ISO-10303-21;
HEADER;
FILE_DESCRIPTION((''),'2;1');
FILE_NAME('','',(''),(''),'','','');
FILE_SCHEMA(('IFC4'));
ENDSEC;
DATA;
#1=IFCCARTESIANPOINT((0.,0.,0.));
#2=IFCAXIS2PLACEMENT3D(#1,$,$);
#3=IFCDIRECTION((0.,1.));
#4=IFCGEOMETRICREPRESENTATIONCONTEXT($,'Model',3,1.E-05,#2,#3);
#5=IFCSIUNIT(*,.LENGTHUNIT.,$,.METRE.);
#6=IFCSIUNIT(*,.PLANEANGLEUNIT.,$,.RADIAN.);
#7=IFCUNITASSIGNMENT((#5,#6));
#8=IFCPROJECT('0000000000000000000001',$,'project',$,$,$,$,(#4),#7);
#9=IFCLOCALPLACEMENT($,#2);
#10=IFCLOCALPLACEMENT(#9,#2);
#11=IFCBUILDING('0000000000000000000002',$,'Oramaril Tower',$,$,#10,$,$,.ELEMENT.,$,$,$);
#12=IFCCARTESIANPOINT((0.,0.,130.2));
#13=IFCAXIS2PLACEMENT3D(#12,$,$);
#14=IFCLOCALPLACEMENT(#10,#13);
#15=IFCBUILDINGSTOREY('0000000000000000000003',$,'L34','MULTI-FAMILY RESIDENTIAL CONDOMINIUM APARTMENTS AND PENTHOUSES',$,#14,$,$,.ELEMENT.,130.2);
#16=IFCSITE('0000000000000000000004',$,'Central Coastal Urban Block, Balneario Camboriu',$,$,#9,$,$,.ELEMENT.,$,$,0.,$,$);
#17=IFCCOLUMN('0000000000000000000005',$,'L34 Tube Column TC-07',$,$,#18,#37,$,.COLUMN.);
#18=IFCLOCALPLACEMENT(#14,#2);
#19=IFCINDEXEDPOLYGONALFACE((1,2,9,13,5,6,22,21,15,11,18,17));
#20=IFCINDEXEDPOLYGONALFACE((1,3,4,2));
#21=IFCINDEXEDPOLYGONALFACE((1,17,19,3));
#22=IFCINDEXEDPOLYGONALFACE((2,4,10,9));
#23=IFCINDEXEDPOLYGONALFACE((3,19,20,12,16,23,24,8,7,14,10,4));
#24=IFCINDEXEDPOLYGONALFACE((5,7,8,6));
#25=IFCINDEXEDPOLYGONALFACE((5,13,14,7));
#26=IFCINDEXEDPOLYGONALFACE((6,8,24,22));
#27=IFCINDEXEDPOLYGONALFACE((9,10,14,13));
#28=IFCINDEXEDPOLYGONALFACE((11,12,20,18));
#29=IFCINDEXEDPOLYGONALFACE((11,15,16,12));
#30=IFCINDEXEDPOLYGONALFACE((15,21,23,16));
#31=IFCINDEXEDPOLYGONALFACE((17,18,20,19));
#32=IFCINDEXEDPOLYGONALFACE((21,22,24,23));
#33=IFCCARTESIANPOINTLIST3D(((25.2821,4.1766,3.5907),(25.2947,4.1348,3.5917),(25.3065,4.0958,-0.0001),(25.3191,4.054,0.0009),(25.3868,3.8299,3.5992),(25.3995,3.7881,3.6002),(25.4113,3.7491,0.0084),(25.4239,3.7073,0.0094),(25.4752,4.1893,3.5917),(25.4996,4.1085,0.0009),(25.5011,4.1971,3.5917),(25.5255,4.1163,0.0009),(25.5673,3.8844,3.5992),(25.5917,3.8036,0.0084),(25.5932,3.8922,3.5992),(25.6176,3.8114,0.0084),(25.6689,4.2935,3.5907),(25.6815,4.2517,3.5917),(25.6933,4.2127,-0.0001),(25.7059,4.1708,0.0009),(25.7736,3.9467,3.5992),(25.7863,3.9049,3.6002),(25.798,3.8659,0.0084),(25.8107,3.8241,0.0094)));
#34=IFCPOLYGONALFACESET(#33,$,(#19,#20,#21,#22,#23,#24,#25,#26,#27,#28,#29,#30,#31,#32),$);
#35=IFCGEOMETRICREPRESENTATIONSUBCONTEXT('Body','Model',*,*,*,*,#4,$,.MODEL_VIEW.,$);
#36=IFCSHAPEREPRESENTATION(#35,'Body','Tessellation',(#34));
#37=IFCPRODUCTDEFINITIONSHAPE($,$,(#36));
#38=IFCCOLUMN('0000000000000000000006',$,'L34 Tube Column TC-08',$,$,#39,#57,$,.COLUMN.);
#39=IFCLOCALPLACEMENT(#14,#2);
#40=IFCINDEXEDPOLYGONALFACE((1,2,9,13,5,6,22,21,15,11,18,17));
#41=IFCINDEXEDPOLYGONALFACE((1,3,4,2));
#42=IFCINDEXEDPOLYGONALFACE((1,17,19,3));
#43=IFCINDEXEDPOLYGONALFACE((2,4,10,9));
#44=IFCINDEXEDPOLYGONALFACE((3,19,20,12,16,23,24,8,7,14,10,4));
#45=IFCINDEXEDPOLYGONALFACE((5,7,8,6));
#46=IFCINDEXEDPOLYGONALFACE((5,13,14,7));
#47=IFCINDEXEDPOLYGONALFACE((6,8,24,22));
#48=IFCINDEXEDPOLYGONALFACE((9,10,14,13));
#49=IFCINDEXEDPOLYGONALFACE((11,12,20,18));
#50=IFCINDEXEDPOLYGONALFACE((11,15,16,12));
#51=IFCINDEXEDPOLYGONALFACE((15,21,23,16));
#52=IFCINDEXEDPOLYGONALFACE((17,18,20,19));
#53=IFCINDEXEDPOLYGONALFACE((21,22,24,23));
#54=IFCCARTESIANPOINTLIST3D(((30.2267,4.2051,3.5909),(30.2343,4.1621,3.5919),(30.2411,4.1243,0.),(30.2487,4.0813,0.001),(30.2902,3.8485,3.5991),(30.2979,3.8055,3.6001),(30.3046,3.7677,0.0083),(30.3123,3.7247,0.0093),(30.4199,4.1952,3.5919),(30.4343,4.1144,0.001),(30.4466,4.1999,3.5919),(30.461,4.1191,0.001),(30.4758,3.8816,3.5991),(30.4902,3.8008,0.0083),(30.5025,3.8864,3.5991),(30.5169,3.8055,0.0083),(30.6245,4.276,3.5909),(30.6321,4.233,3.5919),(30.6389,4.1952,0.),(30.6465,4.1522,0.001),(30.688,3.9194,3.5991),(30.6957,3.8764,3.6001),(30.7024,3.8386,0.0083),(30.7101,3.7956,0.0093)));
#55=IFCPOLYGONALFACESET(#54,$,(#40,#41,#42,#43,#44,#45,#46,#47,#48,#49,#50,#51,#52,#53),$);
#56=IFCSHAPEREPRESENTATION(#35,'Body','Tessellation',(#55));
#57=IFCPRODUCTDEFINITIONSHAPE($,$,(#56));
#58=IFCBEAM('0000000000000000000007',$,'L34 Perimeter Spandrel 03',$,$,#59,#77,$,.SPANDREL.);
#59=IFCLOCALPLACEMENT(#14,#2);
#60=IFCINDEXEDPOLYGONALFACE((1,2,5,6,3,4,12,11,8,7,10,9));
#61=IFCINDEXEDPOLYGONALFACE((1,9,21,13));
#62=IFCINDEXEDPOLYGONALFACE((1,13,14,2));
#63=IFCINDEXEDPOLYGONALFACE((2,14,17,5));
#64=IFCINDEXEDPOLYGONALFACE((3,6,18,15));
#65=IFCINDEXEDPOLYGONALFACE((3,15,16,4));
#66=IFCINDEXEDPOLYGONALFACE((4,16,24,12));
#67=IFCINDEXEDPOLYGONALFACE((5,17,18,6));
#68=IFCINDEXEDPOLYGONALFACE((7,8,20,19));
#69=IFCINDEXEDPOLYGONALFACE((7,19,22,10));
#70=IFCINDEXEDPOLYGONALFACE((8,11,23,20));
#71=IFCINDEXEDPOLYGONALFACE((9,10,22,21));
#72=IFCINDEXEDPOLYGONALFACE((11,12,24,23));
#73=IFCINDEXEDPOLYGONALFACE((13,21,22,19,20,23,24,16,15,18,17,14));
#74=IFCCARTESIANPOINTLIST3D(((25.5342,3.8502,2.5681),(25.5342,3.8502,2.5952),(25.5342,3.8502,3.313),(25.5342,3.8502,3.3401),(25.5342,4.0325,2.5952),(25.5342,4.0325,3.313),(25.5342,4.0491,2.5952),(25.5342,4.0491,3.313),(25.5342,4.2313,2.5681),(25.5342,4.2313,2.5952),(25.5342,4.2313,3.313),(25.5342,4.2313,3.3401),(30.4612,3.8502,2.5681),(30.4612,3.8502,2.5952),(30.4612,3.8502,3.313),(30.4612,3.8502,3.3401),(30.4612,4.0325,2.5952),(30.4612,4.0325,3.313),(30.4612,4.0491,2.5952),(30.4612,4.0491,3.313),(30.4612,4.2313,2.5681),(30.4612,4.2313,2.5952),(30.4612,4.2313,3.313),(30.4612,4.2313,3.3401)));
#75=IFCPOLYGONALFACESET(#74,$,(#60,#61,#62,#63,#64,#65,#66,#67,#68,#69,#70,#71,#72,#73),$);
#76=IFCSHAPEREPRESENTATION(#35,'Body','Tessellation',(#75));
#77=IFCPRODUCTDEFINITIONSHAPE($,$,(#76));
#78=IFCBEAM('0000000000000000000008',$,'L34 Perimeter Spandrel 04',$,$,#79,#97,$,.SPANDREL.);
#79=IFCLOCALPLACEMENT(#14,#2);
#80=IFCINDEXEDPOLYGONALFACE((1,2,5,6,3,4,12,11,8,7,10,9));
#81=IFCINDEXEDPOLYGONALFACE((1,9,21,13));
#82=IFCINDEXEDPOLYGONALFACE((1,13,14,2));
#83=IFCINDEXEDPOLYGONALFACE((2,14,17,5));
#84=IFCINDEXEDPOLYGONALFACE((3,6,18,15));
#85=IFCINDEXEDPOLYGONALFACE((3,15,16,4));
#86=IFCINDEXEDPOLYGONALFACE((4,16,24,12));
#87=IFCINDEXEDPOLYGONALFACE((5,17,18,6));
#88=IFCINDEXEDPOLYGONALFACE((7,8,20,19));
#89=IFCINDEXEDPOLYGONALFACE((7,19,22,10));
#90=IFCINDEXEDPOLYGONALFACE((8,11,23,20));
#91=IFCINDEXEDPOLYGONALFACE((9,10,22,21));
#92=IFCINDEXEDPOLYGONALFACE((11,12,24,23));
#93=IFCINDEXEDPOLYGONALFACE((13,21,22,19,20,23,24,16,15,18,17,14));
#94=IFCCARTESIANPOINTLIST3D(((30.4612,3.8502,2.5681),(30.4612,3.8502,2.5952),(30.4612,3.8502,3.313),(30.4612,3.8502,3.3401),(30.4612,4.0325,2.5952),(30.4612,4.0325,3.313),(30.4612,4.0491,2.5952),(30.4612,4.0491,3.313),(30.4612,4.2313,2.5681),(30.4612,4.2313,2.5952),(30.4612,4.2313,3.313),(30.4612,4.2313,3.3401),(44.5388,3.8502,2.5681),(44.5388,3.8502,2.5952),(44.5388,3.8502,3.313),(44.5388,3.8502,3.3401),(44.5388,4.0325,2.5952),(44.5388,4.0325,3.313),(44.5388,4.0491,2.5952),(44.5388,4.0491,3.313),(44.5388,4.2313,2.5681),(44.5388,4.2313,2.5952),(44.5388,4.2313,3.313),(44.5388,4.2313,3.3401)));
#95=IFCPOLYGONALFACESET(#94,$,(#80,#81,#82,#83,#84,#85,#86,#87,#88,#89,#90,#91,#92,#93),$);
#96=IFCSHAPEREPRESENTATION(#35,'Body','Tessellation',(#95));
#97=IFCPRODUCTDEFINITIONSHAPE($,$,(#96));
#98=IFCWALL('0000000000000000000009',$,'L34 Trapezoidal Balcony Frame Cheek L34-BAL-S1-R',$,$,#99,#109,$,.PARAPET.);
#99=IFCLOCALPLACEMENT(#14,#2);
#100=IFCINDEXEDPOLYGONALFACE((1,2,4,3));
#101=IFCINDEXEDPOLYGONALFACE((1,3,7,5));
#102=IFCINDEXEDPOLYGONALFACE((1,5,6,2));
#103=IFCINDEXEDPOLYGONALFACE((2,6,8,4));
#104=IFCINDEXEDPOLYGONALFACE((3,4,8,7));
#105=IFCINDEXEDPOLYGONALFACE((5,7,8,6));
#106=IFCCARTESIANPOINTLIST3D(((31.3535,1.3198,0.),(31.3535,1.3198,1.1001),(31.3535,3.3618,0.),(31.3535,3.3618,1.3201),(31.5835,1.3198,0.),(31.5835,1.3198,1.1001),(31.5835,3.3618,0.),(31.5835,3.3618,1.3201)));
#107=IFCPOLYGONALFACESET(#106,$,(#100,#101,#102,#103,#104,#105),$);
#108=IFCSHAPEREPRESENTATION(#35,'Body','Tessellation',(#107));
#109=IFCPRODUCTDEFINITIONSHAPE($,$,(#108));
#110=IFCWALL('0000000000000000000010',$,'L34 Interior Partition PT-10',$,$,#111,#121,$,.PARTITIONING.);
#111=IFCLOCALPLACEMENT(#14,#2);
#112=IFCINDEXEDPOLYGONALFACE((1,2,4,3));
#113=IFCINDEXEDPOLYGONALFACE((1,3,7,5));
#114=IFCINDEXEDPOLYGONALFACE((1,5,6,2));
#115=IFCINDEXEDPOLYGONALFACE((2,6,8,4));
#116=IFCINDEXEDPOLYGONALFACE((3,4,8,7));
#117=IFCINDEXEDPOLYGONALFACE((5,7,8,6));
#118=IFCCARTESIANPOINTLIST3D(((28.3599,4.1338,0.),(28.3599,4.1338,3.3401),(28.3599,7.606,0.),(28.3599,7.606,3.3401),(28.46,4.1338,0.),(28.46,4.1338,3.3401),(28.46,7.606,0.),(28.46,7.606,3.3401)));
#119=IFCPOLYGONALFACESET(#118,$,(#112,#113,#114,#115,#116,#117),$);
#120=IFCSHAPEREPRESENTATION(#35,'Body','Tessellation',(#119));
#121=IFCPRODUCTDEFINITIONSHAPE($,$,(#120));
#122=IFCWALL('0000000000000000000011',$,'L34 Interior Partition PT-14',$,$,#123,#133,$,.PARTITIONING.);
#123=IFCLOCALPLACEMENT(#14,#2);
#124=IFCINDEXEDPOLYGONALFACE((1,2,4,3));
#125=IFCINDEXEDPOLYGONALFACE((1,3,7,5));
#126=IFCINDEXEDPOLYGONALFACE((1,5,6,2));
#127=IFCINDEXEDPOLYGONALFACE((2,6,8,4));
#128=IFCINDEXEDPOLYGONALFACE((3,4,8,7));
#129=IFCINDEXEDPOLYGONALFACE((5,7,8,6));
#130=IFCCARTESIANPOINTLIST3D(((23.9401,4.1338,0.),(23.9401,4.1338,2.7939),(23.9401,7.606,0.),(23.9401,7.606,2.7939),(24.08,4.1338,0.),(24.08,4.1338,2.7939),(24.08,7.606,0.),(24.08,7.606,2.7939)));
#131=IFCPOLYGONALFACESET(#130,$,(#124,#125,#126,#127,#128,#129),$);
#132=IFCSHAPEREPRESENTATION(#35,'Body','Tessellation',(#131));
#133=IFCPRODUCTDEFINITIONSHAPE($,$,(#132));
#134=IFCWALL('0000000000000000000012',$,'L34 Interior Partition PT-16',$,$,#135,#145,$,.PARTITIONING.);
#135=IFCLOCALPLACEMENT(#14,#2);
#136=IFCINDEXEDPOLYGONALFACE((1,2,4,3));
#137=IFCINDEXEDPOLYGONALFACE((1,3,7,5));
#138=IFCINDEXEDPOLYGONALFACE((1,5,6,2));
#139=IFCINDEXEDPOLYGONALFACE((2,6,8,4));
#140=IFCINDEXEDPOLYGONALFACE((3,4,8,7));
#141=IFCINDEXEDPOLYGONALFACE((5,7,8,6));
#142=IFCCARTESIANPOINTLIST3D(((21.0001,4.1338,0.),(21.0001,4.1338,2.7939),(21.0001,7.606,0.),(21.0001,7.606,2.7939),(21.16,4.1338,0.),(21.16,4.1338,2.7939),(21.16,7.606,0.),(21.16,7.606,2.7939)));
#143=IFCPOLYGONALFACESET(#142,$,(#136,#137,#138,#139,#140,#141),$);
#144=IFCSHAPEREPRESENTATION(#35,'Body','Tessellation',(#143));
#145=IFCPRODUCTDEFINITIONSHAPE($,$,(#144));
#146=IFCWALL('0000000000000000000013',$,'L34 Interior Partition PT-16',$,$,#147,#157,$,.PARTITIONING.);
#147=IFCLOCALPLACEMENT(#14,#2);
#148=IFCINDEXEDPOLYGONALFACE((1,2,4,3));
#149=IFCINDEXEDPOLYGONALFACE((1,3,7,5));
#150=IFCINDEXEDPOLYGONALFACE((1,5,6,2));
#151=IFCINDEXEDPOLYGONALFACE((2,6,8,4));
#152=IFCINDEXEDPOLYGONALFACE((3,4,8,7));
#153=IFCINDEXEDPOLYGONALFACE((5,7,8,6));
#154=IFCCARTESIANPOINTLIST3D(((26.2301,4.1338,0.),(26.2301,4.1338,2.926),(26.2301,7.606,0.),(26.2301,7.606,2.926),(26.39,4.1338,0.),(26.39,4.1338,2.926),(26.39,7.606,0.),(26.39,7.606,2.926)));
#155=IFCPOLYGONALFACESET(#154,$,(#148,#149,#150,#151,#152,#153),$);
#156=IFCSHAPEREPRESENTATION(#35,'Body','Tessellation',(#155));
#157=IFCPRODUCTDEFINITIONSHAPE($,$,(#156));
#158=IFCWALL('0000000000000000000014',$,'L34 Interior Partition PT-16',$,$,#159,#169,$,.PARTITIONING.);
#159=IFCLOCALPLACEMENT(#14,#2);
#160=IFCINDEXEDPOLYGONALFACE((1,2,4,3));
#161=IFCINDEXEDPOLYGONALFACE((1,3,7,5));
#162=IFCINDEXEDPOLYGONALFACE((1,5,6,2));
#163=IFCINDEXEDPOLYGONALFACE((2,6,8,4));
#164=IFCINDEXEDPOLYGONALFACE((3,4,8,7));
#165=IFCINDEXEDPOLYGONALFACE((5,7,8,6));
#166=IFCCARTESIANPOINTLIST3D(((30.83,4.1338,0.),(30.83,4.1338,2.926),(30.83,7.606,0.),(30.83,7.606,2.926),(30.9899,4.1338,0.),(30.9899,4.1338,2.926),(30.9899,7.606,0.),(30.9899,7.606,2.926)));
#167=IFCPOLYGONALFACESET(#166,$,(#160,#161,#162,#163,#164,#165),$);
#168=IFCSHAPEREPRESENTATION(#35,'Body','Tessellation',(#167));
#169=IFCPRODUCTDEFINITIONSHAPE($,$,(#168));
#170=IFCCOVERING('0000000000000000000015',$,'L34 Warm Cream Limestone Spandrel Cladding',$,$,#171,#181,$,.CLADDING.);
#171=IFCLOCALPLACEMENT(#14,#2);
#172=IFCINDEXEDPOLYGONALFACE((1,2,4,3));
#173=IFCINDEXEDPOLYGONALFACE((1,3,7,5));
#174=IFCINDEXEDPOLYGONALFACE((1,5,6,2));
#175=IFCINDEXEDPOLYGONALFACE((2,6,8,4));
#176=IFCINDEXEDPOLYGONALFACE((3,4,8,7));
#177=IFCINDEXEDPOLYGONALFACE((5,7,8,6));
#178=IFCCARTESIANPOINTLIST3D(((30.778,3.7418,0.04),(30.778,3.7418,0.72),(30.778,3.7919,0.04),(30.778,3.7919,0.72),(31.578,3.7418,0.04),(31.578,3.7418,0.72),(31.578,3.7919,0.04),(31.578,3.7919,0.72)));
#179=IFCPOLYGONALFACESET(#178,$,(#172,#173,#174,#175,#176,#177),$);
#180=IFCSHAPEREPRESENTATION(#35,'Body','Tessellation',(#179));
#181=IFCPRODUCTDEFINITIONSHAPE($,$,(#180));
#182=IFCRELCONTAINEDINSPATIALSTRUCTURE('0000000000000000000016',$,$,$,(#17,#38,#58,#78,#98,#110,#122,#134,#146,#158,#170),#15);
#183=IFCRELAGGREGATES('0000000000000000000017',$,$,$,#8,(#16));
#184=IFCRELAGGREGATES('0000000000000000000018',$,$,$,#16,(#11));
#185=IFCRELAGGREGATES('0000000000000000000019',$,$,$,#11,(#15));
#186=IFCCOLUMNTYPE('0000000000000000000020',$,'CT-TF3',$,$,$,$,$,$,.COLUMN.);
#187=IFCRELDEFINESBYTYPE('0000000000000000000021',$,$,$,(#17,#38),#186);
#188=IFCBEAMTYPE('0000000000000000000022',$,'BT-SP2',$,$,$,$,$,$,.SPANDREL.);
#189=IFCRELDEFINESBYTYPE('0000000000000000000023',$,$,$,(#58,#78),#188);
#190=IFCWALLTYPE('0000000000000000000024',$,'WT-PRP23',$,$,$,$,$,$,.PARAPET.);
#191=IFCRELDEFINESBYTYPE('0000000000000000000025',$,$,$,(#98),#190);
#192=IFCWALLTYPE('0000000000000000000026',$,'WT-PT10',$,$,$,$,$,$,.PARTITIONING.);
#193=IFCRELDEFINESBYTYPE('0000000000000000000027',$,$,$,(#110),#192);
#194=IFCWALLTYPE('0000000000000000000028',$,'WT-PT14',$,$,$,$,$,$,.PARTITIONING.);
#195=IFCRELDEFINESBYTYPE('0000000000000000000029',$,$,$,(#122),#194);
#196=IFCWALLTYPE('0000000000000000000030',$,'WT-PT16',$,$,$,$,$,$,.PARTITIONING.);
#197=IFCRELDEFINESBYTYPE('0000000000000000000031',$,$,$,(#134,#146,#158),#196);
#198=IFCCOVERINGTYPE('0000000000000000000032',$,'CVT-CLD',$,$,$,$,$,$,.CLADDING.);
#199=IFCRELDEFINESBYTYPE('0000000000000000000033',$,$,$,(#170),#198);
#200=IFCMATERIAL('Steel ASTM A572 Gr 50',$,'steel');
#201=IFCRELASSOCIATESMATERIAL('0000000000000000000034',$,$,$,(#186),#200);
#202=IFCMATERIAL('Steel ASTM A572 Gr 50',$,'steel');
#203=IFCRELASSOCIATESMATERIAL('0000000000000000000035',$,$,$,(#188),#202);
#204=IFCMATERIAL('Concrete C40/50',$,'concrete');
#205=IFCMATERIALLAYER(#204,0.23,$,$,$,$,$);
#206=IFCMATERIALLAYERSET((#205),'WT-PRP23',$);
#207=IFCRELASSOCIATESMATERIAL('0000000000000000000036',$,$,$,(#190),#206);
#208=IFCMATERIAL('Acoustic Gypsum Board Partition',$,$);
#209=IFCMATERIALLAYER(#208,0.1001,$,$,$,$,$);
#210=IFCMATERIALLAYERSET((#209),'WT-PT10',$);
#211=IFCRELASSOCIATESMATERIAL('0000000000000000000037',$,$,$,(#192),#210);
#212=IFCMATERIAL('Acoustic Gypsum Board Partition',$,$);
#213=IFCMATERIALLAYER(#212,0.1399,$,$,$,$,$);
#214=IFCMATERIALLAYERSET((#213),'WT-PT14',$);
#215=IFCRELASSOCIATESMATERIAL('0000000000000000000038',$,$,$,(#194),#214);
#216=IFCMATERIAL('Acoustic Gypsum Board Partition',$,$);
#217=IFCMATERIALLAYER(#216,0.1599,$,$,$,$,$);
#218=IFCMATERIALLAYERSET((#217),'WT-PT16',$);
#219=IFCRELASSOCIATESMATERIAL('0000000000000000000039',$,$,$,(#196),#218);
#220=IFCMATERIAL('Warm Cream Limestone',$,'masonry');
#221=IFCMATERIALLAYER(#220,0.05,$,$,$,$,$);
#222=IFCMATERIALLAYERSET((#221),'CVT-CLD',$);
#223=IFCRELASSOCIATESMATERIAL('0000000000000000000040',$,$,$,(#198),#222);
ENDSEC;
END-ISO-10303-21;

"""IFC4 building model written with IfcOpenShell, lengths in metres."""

from ifc_helpers import new_model, si_unit, direction, frame, frame_2d, origin, origin_2d, place, context, subcontext, project, spatial, polyline, rectangle, i_section, outline, extrude, material, layer, layer_set, material_profile, profile_set, type_object, element, save


model = new_model("IFC4")

# Units and contexts
model_context = context("Model", 3, precision=1e-05, world=origin(), true_north=direction((0.0, 1.0)))
body_context = subcontext(model_context, "Body", "Model", "MODEL_VIEW")
ifc_project = project(units=[si_unit("LENGTHUNIT", "METRE"), si_unit("PLANEANGLEUNIT", "RADIAN")], contexts=[model_context])

# Site, building, storey
site_placement = place(None, origin())
site = spatial("IfcSite", under=ifc_project, at=site_placement, Name="Central Coastal Urban Block, Balneario Camboriu", CompositionType="ELEMENT", RefElevation=0.0)
building_placement = place(site_placement, origin())
building = spatial("IfcBuilding", under=site, at=building_placement, Name="Oramaril Tower", CompositionType="ELEMENT")
storey_placement = place(building_placement, frame((0.0, 0.0, 130.2)))
storey = spatial("IfcBuildingStorey", under=building, at=storey_placement, Name="L34", Description="MULTI-FAMILY RESIDENTIAL CONDOMINIUM APARTMENTS AND PENTHOUSES", CompositionType="ELEMENT", Elevation=130.2)

# Columns
ifc_material_1 = material(Name="Steel ASTM A572 Gr 50", Category="steel")
ifc_material_profile_1 = material_profile(ifc_material_1, i_section(OverallWidth=0.4041, OverallDepth=0.406, WebThickness=0.0271, FlangeThickness=0.0437, at=origin_2d()), Name="W14X233")
ifc_profile_set_1 = profile_set([ifc_material_profile_1], Name="Steel ASTM A572 Gr 50")
column_type = type_object("IfcColumnType", Name="CT-TF3", PredefinedType="COLUMN", material=ifc_profile_set_1)
for number, where, z_axis, x_axis, name in (
    (1, (25.5586, 3.96, 0.0046), (-0.006797, 0.022499, 0.999724), (-0.957267, -0.289205, 0.0), "L34 Tube Column TC-07"),
    (2, (30.4756, 3.96, 0.0046), (-0.00401, 0.022499, 0.999739), (-0.984483, -0.175482, 0.0), "L34 Tube Column TC-08"),
):
    element("IfcColumn", number, at=place(storey_placement, frame(where, z_axis=z_axis, x_axis=x_axis)), inside=storey, type_object=column_type, Name=name, PredefinedType="COLUMN", context=body_context, shape_type="SweptSolid", body=[
        extrude(i_section(OverallWidth=0.4041, OverallDepth=0.406, WebThickness=0.0271, FlangeThickness=0.0437, at=origin_2d()), origin(), (0.0, 0.0, 1.0), 3.5918),
    ])

# Beams
ifc_material_2 = material(Name="Steel ASTM A572 Gr 50", Category="steel")
ifc_material_profile_2 = material_profile(ifc_material_2, i_section(OverallWidth=0.3811, OverallDepth=0.772, WebThickness=0.0166, FlangeThickness=0.0271, at=origin_2d()), Name="W30X173")
ifc_profile_set_2 = profile_set([ifc_material_profile_2], Name="Steel ASTM A572 Gr 50")
beam_type = type_object("IfcBeamType", Name="BT-SP2", PredefinedType="SPANDREL", material=ifc_profile_set_2)
beam_1_placement = place(storey_placement, frame((25.5342, 4.0408, 2.9541), z_axis=(1.0, 0.0, 0.0), x_axis=(0.0, 1.0, 0.0)))
element("IfcBeam", 3, at=beam_1_placement, inside=storey, type_object=beam_type, Name="L34 Perimeter Spandrel 03", PredefinedType="SPANDREL", context=body_context, shape_type="SweptSolid", body=[
    extrude(i_section(OverallWidth=0.3811, OverallDepth=0.772, WebThickness=0.0166, FlangeThickness=0.0271, at=origin_2d()), origin(), (0.0, 0.0, 1.0), 4.927),
])
beam_2_placement = place(storey_placement, frame((30.4612, 4.0408, 2.9541), z_axis=(1.0, 0.0, 0.0), x_axis=(0.0, 1.0, 0.0)))
element("IfcBeam", 4, at=beam_2_placement, inside=storey, type_object=beam_type, Name="L34 Perimeter Spandrel 04", PredefinedType="SPANDREL", context=body_context, shape_type="SweptSolid", body=[
    extrude(i_section(OverallWidth=0.3811, OverallDepth=0.772, WebThickness=0.0166, FlangeThickness=0.0271, at=origin_2d()), origin(), (0.0, 0.0, 1.0), 14.0776),
])

# Walls
ifc_material_3 = material(Name="Concrete C40/50", Category="concrete")
ifc_layer_1 = layer(ifc_material_3, 0.23)
ifc_layer_set_1 = layer_set([ifc_layer_1], Name="WT-PRP23")
wall_type_1 = type_object("IfcWallType", Name="WT-PRP23", PredefinedType="PARAPET", material=ifc_layer_set_1)
wall_1_placement = place(storey_placement, frame((31.4685, 3.3618, 0.0), z_axis=(0.0, 0.0, 1.0), x_axis=(0.0, -1.0, 0.0)))
element("IfcWall", 5, at=wall_1_placement, inside=storey, type_object=wall_type_1, Name="L34 Trapezoidal Balcony Frame Cheek L34-BAL-S1-R", PredefinedType="PARAPET", context=body_context, shape_type="SweptSolid", body=[
    extrude(outline(polyline([(0.0, 0.0), (2.042, 0.0), (2.042, 1.1001), (0.0, 1.3201), (0.0, 0.0)])), frame((0.0, 0.115, 0.0), z_axis=(0.0, -1.0, 0.0), x_axis=(1.0, 0.0, 0.0)), (0.0, 0.0, 1.0), 0.23),
])
ifc_material_4 = material(Name="Acoustic Gypsum Board Partition")
ifc_layer_2 = layer(ifc_material_4, 0.1001)
ifc_layer_set_2 = layer_set([ifc_layer_2], Name="WT-PT10")
wall_type_2 = type_object("IfcWallType", Name="WT-PT10", PredefinedType="PARTITIONING", material=ifc_layer_set_2)
wall_2_placement = place(storey_placement, frame((28.4099, 4.1338, 0.0), z_axis=(0.0, 0.0, 1.0), x_axis=(0.0, 1.0, 0.0)))
element("IfcWall", 6, at=wall_2_placement, inside=storey, type_object=wall_type_2, Name="L34 Interior Partition PT-10", PredefinedType="PARTITIONING", context=body_context, shape_type="SweptSolid", body=[
    extrude(rectangle(XDim=3.4722, YDim=0.1001, at=frame_2d((1.7361, 0.0))), origin(), (0.0, 0.0, 1.0), 3.3401),
])
ifc_material_5 = material(Name="Acoustic Gypsum Board Partition")
ifc_layer_3 = layer(ifc_material_5, 0.1399)
ifc_layer_set_3 = layer_set([ifc_layer_3], Name="WT-PT14")
wall_type_3 = type_object("IfcWallType", Name="WT-PT14", PredefinedType="PARTITIONING", material=ifc_layer_set_3)
wall_3_placement = place(storey_placement, frame((24.01, 4.1338, 0.0), z_axis=(0.0, 0.0, 1.0), x_axis=(0.0, 1.0, 0.0)))
element("IfcWall", 7, at=wall_3_placement, inside=storey, type_object=wall_type_3, Name="L34 Interior Partition PT-14", PredefinedType="PARTITIONING", context=body_context, shape_type="SweptSolid", body=[
    extrude(rectangle(XDim=3.4722, YDim=0.1399, at=frame_2d((1.7361, 0.0))), origin(), (0.0, 0.0, 1.0), 2.7939),
])
ifc_material_6 = material(Name="Acoustic Gypsum Board Partition")
ifc_layer_4 = layer(ifc_material_6, 0.1599)
ifc_layer_set_4 = layer_set([ifc_layer_4], Name="WT-PT16")
wall_type_4 = type_object("IfcWallType", Name="WT-PT16", PredefinedType="PARTITIONING", material=ifc_layer_set_4)
wall_4_placement = place(storey_placement, frame((21.0801, 4.1338, 0.0), z_axis=(0.0, 0.0, 1.0), x_axis=(0.0, 1.0, 0.0)))
element("IfcWall", 8, at=wall_4_placement, inside=storey, type_object=wall_type_4, Name="L34 Interior Partition PT-16", PredefinedType="PARTITIONING", context=body_context, shape_type="SweptSolid", body=[
    extrude(rectangle(XDim=3.4722, YDim=0.1599, at=frame_2d((1.7361, 0.0))), origin(), (0.0, 0.0, 1.0), 2.7939),
])
for number, where, z_axis, x_axis, name in (
    (9, (26.3101, 4.1338, 0.0), (0.0, 0.0, 1.0), (0.0, 1.0, 0.0), "L34 Interior Partition PT-16"),
    (10, (30.9099, 4.1338, 0.0), (0.0, 0.0, 1.0), (0.0, 1.0, 0.0), "L34 Interior Partition PT-16"),
):
    element("IfcWall", number, at=place(storey_placement, frame(where, z_axis=z_axis, x_axis=x_axis)), inside=storey, type_object=wall_type_4, Name=name, PredefinedType="PARTITIONING", context=body_context, shape_type="SweptSolid", body=[
        extrude(rectangle(XDim=3.4722, YDim=0.1599, at=frame_2d((1.7361, 0.0))), origin(), (0.0, 0.0, 1.0), 2.926),
    ])

# Covering
ifc_material_7 = material(Name="Warm Cream Limestone", Category="masonry")
ifc_layer_5 = layer(ifc_material_7, 0.05)
ifc_layer_set_5 = layer_set([ifc_layer_5], Name="CVT-CLD")
covering_type = type_object("IfcCoveringType", Name="CVT-CLD", PredefinedType="CLADDING", material=ifc_layer_set_5)
covering_1_placement = place(storey_placement, frame((31.178, 3.7668, 0.04), z_axis=(0.0, 0.0, 1.0), x_axis=(1.0, 0.0, 0.0)))
element("IfcCovering", 11, at=covering_1_placement, inside=storey, type_object=covering_type, Name="L34 Warm Cream Limestone Spandrel Cladding", PredefinedType="CLADDING", context=body_context, shape_type="SweptSolid", body=[
    extrude(rectangle(XDim=0.8, YDim=0.05, at=origin_2d()), origin(), (0.0, 0.0, 1.0), 0.6799),
])

save(model, "model.ifc")
